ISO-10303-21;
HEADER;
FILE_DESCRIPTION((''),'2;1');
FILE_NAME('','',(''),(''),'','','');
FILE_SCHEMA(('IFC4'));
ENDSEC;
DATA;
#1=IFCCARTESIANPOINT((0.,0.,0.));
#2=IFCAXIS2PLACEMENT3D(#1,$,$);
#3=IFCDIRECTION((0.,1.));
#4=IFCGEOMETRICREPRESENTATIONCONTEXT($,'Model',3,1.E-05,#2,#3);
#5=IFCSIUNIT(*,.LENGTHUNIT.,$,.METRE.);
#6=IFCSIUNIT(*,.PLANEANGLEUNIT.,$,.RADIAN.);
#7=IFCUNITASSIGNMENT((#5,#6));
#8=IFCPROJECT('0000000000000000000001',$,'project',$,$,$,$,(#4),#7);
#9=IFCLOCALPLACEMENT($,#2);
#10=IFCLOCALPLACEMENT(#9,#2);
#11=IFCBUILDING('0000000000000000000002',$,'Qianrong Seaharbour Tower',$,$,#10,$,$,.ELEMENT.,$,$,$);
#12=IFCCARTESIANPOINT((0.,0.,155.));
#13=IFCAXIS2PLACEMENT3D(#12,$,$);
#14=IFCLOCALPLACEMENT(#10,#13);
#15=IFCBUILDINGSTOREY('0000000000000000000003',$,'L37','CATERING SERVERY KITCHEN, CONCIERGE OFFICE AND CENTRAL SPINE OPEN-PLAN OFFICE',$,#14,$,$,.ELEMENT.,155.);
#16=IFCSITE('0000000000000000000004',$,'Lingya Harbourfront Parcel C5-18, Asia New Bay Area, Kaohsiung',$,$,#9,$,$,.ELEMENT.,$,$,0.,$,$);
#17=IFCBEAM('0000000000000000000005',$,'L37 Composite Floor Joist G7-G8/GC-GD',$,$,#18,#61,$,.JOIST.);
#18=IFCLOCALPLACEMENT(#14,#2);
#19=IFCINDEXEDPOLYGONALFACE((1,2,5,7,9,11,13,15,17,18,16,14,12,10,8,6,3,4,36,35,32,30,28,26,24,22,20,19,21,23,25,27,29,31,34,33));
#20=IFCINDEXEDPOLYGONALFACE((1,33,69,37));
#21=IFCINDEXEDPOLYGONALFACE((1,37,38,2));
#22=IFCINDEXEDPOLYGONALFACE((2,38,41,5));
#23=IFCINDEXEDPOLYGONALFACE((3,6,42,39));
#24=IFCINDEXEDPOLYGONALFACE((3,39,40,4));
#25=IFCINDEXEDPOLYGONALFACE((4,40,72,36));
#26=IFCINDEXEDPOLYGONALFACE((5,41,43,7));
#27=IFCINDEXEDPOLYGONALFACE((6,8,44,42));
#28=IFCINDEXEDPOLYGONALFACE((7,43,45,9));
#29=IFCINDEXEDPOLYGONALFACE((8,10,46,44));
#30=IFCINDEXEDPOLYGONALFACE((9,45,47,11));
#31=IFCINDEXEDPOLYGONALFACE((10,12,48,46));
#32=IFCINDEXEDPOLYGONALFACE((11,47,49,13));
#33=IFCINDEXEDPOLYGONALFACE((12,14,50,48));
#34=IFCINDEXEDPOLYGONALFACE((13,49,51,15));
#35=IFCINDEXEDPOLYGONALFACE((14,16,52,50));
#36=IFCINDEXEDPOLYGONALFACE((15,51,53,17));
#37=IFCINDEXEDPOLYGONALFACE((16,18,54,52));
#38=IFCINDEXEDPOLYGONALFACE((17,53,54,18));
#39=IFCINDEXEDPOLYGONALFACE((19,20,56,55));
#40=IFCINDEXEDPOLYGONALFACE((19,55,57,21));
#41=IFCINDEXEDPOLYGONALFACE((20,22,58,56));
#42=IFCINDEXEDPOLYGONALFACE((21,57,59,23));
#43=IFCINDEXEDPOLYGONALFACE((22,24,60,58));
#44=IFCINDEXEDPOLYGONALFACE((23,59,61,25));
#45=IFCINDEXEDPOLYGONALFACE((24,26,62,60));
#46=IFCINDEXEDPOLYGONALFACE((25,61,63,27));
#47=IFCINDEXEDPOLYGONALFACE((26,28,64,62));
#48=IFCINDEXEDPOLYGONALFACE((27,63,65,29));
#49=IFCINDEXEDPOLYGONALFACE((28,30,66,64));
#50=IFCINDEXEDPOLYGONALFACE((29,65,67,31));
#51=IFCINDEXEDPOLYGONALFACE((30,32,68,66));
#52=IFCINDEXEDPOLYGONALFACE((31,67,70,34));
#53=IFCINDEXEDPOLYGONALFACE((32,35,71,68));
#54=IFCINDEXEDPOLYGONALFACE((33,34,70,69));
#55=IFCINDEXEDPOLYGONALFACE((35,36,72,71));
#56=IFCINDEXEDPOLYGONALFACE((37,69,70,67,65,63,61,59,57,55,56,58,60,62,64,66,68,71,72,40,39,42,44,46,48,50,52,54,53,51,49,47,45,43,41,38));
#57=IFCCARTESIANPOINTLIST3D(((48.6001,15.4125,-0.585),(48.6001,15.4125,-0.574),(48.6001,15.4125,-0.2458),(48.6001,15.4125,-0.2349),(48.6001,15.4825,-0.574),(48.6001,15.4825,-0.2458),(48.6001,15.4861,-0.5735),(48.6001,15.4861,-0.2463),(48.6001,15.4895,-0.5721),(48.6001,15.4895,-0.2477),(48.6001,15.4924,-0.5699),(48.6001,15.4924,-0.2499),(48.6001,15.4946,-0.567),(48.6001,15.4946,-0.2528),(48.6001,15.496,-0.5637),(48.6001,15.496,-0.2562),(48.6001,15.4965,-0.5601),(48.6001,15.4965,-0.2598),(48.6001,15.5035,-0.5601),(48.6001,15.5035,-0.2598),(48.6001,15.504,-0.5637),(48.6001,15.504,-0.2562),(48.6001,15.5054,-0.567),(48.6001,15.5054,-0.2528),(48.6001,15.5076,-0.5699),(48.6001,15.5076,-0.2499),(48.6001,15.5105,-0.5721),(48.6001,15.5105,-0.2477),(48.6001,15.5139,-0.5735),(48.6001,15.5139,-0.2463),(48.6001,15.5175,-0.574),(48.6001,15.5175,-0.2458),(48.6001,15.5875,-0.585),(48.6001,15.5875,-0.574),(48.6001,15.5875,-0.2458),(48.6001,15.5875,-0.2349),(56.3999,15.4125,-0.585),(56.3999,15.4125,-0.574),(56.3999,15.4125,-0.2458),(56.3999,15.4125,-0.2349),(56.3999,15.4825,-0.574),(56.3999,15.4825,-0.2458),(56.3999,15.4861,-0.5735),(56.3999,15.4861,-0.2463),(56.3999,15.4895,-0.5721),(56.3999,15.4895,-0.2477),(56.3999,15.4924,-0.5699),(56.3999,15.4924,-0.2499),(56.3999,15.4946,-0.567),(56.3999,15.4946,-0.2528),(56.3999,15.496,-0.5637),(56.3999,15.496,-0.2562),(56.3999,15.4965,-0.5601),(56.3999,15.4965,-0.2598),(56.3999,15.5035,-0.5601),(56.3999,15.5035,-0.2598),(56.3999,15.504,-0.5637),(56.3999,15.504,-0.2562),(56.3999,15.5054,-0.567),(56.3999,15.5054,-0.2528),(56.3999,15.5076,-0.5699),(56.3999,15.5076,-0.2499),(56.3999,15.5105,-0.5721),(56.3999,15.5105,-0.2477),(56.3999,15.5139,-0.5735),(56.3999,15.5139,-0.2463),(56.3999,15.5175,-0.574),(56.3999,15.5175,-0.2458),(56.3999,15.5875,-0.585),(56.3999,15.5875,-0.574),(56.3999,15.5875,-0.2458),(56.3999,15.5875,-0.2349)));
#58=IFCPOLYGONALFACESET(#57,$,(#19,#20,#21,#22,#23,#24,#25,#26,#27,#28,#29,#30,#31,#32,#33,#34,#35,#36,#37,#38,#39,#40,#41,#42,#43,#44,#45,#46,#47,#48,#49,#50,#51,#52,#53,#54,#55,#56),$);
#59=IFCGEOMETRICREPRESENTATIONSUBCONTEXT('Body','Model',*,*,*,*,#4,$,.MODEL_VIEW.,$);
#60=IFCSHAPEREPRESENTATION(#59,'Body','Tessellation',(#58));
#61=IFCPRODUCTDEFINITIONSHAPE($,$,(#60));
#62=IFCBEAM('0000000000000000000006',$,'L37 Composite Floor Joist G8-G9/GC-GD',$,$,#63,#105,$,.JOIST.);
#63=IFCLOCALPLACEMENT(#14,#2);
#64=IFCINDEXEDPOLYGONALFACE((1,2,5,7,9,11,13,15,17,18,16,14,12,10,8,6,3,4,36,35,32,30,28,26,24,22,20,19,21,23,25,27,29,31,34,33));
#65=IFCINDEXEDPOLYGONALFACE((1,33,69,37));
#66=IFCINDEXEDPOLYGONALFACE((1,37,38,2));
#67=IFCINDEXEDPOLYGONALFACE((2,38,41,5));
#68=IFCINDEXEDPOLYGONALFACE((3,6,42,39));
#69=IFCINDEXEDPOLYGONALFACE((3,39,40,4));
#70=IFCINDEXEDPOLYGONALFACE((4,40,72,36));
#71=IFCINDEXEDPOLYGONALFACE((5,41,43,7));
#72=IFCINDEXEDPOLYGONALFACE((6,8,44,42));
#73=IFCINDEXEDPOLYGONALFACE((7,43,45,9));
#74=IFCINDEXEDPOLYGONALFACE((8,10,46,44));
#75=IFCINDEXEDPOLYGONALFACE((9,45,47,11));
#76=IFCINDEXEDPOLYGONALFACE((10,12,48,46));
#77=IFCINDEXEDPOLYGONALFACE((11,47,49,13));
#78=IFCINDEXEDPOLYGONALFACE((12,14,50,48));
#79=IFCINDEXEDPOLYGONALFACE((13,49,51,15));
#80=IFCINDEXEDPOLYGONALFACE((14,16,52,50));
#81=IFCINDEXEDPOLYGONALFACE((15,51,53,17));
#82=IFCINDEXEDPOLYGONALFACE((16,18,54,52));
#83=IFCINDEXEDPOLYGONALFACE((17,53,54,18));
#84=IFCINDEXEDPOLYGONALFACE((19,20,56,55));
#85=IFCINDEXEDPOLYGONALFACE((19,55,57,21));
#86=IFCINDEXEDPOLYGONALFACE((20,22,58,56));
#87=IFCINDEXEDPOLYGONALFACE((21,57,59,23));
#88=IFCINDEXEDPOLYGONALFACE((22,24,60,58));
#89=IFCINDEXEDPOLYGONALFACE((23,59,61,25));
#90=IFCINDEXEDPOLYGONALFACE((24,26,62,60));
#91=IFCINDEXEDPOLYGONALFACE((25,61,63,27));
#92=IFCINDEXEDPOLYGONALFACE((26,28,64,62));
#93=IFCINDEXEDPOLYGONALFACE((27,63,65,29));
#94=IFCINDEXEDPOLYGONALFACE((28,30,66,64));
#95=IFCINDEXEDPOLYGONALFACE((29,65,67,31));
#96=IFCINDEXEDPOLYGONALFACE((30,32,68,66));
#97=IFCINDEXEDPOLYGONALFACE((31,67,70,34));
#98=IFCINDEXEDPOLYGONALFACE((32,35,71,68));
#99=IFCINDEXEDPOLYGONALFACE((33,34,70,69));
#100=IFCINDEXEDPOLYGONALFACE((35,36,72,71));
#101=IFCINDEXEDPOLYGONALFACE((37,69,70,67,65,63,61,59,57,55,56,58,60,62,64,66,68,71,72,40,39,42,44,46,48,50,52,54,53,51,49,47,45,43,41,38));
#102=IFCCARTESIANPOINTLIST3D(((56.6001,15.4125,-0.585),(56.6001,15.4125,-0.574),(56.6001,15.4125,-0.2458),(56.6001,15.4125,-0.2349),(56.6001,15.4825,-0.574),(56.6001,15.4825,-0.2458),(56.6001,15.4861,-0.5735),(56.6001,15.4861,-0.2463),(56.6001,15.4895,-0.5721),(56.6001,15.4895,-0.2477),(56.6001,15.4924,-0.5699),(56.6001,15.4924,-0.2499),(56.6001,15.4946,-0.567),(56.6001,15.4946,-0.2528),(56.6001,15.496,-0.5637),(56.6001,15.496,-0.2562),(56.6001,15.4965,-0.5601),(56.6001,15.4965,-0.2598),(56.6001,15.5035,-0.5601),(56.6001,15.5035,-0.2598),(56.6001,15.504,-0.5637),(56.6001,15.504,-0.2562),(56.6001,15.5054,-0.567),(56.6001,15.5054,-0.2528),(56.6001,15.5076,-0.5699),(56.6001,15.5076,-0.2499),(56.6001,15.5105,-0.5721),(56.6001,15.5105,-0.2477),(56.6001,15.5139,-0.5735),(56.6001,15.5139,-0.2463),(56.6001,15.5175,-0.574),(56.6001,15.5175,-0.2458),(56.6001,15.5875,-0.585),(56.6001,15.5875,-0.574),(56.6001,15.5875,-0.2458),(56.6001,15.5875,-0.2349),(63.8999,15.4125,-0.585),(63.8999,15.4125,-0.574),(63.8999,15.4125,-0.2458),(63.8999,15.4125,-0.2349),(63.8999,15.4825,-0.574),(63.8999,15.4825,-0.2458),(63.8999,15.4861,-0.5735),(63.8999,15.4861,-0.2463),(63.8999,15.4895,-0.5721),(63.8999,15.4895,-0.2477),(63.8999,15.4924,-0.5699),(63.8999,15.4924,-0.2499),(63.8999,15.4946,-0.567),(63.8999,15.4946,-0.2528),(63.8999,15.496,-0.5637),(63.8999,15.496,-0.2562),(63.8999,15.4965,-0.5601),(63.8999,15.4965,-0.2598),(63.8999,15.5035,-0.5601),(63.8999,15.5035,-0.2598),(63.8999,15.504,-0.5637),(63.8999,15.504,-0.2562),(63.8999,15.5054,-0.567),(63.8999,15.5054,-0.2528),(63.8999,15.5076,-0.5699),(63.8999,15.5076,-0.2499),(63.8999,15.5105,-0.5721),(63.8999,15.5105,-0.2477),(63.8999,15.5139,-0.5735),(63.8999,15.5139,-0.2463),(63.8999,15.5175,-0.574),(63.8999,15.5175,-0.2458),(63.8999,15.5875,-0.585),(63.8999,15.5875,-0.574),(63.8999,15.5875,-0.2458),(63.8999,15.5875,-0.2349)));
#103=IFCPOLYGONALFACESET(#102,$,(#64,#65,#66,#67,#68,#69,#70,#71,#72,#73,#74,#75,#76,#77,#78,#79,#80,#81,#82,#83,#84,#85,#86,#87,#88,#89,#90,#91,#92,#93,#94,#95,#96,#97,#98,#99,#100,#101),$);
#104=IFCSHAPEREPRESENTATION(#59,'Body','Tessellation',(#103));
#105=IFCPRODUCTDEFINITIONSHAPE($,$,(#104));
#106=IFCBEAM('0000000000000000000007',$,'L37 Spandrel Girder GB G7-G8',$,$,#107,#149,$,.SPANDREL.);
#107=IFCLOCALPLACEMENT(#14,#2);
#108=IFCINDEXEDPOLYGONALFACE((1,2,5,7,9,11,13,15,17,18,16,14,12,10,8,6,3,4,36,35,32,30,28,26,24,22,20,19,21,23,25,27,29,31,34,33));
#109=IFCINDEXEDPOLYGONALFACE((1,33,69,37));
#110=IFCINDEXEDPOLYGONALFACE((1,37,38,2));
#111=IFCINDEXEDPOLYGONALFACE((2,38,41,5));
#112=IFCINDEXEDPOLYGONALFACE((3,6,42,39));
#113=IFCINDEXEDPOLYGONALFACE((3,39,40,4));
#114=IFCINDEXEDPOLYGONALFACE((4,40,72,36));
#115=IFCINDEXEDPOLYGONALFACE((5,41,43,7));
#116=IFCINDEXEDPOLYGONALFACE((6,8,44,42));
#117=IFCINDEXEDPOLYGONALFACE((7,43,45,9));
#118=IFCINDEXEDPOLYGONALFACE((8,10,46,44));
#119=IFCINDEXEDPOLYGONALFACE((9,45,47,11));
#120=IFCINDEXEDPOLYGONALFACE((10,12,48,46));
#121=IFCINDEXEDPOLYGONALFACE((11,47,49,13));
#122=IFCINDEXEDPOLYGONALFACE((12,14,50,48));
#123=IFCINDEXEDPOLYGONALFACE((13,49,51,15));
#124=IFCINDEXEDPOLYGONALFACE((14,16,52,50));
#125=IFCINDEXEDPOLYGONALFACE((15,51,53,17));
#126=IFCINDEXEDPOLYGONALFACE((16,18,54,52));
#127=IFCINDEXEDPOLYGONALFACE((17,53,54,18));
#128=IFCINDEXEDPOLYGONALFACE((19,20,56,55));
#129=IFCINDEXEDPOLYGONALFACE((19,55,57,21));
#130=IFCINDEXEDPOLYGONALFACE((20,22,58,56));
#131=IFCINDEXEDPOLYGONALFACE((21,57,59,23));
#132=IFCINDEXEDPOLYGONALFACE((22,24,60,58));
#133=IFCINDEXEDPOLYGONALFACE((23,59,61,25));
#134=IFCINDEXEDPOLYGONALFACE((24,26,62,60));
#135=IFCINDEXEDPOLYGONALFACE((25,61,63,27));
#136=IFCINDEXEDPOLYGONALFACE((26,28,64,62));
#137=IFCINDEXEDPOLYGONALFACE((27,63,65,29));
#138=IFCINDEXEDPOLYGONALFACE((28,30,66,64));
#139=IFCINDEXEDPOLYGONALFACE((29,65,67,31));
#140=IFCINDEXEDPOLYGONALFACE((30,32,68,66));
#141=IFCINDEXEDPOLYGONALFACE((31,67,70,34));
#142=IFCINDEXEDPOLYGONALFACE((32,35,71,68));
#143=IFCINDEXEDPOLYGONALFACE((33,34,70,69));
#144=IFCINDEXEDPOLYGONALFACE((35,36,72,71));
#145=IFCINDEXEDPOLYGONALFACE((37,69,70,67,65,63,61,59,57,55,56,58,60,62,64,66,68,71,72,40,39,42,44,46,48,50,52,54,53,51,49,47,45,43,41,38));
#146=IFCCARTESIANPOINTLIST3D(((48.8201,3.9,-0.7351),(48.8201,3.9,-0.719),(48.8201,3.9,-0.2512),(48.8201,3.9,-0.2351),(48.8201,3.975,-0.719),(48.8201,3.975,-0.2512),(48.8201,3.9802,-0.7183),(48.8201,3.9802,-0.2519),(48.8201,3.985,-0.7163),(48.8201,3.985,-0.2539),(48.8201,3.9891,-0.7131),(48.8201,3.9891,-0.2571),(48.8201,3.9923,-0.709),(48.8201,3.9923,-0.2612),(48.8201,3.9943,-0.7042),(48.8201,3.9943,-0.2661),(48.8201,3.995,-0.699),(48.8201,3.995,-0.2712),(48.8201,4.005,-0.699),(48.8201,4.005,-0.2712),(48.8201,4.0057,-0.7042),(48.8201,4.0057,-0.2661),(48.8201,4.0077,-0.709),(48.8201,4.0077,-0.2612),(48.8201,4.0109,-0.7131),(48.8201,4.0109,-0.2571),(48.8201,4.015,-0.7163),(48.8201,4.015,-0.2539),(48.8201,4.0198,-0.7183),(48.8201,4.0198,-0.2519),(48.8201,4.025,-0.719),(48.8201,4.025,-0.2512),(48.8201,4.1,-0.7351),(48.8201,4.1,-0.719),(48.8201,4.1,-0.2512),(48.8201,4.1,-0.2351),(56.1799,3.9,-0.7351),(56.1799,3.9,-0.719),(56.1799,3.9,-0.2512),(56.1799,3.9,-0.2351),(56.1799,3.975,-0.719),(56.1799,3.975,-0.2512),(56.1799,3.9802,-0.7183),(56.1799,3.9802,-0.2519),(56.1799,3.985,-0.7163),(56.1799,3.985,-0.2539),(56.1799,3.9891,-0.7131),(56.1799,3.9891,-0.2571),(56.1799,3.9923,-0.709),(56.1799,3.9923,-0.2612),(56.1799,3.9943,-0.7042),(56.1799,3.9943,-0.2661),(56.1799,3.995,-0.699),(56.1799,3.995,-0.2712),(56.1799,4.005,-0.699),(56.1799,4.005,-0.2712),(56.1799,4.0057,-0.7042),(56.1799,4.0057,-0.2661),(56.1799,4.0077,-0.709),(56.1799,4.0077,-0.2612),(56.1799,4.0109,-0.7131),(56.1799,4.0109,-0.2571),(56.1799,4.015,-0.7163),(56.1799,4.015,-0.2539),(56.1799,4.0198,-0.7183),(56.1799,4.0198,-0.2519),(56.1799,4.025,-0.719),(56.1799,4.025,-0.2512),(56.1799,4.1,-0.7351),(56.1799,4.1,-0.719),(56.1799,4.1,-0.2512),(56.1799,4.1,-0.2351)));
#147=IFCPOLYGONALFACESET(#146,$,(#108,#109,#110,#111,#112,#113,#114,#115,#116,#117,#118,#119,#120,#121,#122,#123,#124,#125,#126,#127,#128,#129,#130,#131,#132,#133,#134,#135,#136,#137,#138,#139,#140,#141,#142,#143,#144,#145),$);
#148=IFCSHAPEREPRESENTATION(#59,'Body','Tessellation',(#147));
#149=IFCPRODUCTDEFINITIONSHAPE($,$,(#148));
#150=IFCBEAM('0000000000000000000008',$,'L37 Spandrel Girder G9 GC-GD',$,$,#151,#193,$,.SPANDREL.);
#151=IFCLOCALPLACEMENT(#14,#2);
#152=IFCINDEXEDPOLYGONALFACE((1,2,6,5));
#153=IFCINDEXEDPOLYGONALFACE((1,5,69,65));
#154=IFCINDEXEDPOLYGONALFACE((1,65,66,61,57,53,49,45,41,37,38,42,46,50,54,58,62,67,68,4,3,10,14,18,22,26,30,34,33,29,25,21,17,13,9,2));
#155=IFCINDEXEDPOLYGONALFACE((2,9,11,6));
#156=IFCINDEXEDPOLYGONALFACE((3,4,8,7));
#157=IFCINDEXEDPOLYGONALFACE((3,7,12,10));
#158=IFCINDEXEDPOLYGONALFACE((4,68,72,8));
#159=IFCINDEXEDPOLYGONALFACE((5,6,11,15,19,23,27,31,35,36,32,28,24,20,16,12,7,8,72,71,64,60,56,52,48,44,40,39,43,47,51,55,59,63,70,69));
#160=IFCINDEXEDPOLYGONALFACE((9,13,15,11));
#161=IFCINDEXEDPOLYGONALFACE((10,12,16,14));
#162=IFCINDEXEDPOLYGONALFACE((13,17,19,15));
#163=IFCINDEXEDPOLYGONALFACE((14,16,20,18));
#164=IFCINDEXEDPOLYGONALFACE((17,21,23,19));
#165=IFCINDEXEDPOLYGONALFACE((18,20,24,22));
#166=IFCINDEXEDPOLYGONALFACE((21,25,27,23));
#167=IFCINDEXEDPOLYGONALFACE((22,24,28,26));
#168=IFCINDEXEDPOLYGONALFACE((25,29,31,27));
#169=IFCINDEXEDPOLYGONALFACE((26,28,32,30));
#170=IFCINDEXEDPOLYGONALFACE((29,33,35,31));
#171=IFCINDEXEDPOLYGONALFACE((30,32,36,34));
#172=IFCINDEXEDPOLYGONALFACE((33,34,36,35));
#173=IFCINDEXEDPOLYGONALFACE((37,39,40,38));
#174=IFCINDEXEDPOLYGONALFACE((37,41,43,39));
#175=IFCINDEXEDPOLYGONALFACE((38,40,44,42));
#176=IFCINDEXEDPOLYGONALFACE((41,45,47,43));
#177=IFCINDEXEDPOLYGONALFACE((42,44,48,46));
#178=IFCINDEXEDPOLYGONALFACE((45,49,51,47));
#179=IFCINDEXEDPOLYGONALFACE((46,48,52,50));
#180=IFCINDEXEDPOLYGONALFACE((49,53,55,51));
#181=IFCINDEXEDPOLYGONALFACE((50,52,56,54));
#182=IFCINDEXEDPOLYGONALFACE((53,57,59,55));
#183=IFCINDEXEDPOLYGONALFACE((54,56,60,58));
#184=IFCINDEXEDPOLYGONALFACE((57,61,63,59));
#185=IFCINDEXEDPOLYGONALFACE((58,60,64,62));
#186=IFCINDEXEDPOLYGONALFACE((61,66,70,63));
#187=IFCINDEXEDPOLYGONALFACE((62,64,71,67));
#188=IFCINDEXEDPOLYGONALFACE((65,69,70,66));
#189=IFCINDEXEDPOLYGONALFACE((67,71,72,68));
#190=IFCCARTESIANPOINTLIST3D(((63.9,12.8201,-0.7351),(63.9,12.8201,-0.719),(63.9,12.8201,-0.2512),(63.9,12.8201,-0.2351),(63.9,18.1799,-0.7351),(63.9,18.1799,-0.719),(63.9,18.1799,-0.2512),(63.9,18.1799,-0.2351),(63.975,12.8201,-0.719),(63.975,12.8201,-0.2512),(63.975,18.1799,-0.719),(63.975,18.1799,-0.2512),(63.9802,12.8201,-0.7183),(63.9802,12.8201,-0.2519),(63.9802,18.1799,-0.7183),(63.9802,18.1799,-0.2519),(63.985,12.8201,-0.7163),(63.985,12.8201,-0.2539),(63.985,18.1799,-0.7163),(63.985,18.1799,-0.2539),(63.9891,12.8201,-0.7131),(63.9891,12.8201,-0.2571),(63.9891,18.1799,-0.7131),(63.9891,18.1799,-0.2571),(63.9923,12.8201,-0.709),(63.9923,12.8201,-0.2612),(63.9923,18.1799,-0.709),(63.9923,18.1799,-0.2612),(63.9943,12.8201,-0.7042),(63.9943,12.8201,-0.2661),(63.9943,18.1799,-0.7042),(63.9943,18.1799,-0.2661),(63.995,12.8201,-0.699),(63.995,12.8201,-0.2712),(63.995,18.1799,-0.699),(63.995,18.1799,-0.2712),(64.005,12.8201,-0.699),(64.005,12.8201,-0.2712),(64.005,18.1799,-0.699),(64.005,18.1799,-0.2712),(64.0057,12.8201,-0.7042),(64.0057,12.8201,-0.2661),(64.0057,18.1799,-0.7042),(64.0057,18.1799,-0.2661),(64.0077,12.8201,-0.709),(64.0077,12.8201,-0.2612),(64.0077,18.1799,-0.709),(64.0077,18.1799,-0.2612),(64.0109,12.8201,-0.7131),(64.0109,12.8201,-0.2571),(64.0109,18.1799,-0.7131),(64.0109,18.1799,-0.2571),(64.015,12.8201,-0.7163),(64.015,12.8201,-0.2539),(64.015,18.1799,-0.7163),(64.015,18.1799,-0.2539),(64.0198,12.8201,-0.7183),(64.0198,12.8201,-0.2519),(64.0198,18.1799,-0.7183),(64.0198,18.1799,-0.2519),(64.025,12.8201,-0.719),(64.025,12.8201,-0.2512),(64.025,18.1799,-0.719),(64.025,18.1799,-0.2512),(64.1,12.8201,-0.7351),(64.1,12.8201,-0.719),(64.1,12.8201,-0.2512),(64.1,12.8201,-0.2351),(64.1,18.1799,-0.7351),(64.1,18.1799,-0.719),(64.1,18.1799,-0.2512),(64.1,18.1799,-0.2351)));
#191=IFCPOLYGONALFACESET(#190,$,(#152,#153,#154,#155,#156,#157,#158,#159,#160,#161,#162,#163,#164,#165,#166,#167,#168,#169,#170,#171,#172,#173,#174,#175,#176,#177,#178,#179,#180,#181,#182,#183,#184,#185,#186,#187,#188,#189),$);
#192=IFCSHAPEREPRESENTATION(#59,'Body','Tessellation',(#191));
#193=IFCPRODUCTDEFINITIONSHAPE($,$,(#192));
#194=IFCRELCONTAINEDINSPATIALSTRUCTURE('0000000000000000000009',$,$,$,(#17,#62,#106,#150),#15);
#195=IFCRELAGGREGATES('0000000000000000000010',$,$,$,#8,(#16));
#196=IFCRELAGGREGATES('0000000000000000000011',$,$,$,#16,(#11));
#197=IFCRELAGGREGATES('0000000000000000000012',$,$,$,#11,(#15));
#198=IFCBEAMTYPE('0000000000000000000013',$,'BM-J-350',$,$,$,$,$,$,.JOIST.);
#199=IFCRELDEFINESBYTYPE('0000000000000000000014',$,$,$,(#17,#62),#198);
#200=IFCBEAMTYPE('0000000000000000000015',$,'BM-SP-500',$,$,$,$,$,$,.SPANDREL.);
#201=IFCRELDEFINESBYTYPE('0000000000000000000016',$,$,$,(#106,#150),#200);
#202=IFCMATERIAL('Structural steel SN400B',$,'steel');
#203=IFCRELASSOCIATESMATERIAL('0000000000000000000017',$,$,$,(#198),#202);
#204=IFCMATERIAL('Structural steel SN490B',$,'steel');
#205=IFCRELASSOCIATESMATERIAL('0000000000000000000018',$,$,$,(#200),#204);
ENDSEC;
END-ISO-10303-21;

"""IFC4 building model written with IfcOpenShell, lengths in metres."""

from ifc_helpers import new_model, si_unit, direction, frame, origin, origin_2d, place, context, subcontext, project, spatial, i_section, extrude, material, material_profile, profile_set, type_object, element, save


model = new_model("IFC4")

# Units and contexts
model_context = context("Model", 3, precision=1e-05, world=origin(), true_north=direction((0.0, 1.0)))
body_context = subcontext(model_context, "Body", "Model", "MODEL_VIEW")
ifc_project = project(units=[si_unit("LENGTHUNIT", "METRE"), si_unit("PLANEANGLEUNIT", "RADIAN")], contexts=[model_context])

# Site, building, storey
site_placement = place(None, origin())
site = spatial("IfcSite", under=ifc_project, at=site_placement, Name="Lingya Harbourfront Parcel C5-18, Asia New Bay Area, Kaohsiung", CompositionType="ELEMENT", RefElevation=0.0)
building_placement = place(site_placement, origin())
building = spatial("IfcBuilding", under=site, at=building_placement, Name="Qianrong Seaharbour Tower", CompositionType="ELEMENT")
storey_placement = place(building_placement, frame((0.0, 0.0, 155.0)))
storey = spatial("IfcBuildingStorey", under=building, at=storey_placement, Name="L37", Description="CATERING SERVERY KITCHEN, CONCIERGE OFFICE AND CENTRAL SPINE OPEN-PLAN OFFICE", CompositionType="ELEMENT", Elevation=155.0)

# Shared definitions
ifc_material_1 = material(Name="Structural steel SN490B", Category="steel")

# Beams
ifc_material_2 = material(Name="Structural steel SN400B", Category="steel")
ifc_material_profile_1 = material_profile(ifc_material_2, i_section(OverallWidth=0.175, OverallDepth=0.3501, WebThickness=0.0071, FlangeThickness=0.011, FilletRadius=0.0139, at=origin_2d()), Name="H350x175x7x11")
ifc_profile_set_1 = profile_set([ifc_material_profile_1], Name="Structural steel SN400B")
beam_type_1 = type_object("IfcBeamType", Name="BM-J-350", PredefinedType="JOIST", material=ifc_profile_set_1)
for number, where, z_axis, x_axis, name in (
    (1, (48.6001, 15.5, -0.4099), (1.0, 0.0, 0.0), (0.0, 1.0, 0.0), "L37 Composite Floor Joist G7-G8/GC-GD"),
):
    element("IfcBeam", number, at=place(storey_placement, frame(where, z_axis=z_axis, x_axis=x_axis)), inside=storey, type_object=beam_type_1, Name=name, PredefinedType="JOIST", context=body_context, shape_type="SweptSolid", body=[
        extrude(i_section(OverallWidth=0.175, OverallDepth=0.3501, WebThickness=0.0071, FlangeThickness=0.011, FilletRadius=0.0139, at=origin_2d()), origin(), (0.0, 0.0, 1.0), 7.7998),
    ])
beam_1_placement = place(storey_placement, frame((56.6001, 15.5, -0.4099), z_axis=(1.0, 0.0, 0.0), x_axis=(0.0, 1.0, 0.0)))
element("IfcBeam", 2, at=beam_1_placement, inside=storey, type_object=beam_type_1, Name="L37 Composite Floor Joist G8-G9/GC-GD", PredefinedType="JOIST", context=body_context, shape_type="SweptSolid", body=[
    extrude(i_section(OverallWidth=0.175, OverallDepth=0.3501, WebThickness=0.0071, FlangeThickness=0.011, FilletRadius=0.0139, at=origin_2d()), origin(), (0.0, 0.0, 1.0), 7.2998),
])
ifc_material_profile_2 = material_profile(ifc_material_1, i_section(OverallWidth=0.2, OverallDepth=0.5, WebThickness=0.01, FlangeThickness=0.0161, FilletRadius=0.02, at=origin_2d()), Name="H500x200x10x16")
ifc_profile_set_2 = profile_set([ifc_material_profile_2], Name="Structural steel SN490B")
beam_type_2 = type_object("IfcBeamType", Name="BM-SP-500", PredefinedType="SPANDREL", material=ifc_profile_set_2)
beam_2_placement = place(storey_placement, frame((48.8201, 4.0, -0.4851), z_axis=(1.0, 0.0, 0.0), x_axis=(0.0, 1.0, 0.0)))
element("IfcBeam", 3, at=beam_2_placement, inside=storey, type_object=beam_type_2, Name="L37 Spandrel Girder GB G7-G8", PredefinedType="SPANDREL", context=body_context, shape_type="SweptSolid", body=[
    extrude(i_section(OverallWidth=0.2, OverallDepth=0.5, WebThickness=0.01, FlangeThickness=0.0161, FilletRadius=0.02, at=origin_2d()), origin(), (0.0, 0.0, 1.0), 7.3599),
])
beam_3_placement = place(storey_placement, frame((64.0, 12.8201, -0.4851), z_axis=(0.0, 1.0, 0.0), x_axis=(-1.0, 0.0, 0.0)))
element("IfcBeam", 4, at=beam_3_placement, inside=storey, type_object=beam_type_2, Name="L37 Spandrel Girder G9 GC-GD", PredefinedType="SPANDREL", context=body_context, shape_type="SweptSolid", body=[
    extrude(i_section(OverallWidth=0.2, OverallDepth=0.5, WebThickness=0.01, FlangeThickness=0.0161, FilletRadius=0.02, at=origin_2d()), origin(), (0.0, 0.0, 1.0), 5.3599),
])

save(model, "model.ifc")
